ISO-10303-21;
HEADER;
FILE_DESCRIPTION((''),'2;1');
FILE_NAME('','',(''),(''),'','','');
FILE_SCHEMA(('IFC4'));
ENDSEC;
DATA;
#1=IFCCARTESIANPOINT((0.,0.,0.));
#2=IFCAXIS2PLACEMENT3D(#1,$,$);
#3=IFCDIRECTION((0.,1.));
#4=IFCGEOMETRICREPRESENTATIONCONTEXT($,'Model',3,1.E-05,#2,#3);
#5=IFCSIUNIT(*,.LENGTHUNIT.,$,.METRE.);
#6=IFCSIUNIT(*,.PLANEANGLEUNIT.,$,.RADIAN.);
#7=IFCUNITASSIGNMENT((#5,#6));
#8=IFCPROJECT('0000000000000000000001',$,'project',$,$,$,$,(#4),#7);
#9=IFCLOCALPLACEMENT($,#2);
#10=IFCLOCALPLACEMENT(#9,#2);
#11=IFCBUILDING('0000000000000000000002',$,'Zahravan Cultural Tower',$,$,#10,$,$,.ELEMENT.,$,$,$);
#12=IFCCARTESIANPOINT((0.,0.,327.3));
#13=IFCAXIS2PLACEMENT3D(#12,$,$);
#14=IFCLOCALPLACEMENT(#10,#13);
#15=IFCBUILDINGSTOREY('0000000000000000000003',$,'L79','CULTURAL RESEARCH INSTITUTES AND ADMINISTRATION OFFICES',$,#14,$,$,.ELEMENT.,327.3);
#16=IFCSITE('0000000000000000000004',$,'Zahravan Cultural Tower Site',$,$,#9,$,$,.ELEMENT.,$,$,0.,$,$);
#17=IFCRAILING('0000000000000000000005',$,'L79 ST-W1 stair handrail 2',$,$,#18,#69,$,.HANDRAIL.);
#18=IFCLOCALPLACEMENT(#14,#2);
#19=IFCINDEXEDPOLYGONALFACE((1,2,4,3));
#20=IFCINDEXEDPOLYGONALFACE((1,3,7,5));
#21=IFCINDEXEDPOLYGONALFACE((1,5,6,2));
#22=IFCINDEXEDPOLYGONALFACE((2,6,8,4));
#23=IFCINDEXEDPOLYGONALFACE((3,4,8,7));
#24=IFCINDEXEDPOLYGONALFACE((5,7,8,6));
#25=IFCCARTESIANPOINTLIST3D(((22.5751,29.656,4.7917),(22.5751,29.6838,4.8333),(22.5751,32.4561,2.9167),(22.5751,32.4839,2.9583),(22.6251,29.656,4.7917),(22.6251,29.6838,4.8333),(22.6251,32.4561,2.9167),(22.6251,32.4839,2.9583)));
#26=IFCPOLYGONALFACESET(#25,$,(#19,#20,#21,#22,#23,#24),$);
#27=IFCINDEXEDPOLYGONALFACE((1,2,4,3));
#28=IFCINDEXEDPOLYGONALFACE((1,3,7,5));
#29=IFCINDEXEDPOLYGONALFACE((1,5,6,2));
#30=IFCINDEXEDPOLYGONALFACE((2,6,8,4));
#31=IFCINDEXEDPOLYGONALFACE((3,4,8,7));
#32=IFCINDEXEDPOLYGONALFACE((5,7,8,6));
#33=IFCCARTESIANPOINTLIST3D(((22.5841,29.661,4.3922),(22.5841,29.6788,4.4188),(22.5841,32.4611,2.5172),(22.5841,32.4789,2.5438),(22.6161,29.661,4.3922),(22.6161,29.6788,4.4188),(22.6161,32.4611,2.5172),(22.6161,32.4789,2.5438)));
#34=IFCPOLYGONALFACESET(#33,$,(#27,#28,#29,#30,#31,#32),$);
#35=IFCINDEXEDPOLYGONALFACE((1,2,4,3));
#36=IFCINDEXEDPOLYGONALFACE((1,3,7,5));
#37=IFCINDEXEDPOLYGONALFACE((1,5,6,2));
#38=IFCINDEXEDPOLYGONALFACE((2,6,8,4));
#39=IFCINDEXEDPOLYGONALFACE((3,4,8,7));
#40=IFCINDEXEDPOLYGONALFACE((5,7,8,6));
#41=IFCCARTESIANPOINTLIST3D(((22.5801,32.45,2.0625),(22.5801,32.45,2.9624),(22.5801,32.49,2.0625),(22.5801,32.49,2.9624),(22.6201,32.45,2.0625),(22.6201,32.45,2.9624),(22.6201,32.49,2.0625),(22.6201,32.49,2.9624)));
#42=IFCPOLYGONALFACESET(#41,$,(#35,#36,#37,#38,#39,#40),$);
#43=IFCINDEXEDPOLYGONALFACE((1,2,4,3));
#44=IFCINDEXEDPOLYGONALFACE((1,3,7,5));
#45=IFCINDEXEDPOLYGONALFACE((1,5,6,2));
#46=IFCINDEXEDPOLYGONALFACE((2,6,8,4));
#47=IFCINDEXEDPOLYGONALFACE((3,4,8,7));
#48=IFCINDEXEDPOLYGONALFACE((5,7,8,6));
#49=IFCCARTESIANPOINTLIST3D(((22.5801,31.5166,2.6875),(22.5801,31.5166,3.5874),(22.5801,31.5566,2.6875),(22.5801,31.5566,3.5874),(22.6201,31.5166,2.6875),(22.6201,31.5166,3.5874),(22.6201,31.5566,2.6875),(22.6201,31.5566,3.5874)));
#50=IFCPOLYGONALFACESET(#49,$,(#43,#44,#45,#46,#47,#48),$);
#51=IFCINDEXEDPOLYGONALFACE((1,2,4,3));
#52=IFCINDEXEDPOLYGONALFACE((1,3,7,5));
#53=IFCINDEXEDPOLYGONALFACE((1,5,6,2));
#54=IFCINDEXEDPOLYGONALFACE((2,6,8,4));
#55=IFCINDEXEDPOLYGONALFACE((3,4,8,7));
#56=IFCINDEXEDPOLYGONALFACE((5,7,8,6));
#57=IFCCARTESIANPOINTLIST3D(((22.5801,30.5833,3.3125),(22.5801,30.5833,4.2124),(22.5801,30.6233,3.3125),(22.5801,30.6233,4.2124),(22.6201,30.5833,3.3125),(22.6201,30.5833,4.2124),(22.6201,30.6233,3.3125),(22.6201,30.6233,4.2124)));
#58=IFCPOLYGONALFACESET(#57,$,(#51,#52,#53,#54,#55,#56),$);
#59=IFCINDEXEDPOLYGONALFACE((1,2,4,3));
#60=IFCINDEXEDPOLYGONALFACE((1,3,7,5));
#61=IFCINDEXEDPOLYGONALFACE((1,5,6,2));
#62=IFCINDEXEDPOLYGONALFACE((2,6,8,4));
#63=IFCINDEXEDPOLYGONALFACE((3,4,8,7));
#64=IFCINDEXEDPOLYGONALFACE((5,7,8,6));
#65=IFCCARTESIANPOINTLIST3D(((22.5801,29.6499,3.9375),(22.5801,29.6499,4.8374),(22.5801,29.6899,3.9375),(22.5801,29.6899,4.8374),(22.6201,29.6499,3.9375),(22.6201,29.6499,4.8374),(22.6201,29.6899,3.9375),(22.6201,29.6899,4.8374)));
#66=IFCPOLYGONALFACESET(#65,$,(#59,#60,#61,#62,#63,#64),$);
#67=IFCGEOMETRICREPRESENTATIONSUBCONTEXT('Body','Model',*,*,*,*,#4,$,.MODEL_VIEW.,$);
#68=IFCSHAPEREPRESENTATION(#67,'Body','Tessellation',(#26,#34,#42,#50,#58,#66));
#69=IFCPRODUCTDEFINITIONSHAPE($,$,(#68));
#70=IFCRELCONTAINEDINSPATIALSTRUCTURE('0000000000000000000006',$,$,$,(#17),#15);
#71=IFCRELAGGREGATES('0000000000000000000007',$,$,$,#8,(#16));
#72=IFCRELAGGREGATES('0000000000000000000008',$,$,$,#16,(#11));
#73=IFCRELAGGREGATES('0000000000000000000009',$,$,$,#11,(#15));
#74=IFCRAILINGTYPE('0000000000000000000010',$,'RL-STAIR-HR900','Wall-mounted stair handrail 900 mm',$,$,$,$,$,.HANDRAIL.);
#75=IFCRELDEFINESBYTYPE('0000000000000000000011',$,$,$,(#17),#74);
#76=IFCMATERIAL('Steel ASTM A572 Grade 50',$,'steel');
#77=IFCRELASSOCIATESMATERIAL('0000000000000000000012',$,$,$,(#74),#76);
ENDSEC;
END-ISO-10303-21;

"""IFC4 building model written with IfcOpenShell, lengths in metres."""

from ifc_helpers import new_model, si_unit, direction, frame, origin, origin_2d, place, context, subcontext, project, spatial, rectangle, extrude, material, type_object, element, save


model = new_model("IFC4")

# Units and contexts
model_context = context("Model", 3, precision=1e-05, world=origin(), true_north=direction((0.0, 1.0)))
body_context = subcontext(model_context, "Body", "Model", "MODEL_VIEW")
ifc_project = project(units=[si_unit("LENGTHUNIT", "METRE"), si_unit("PLANEANGLEUNIT", "RADIAN")], contexts=[model_context])

# Site, building, storey
site_placement = place(None, origin())
site = spatial("IfcSite", under=ifc_project, at=site_placement, Name="Zahravan Cultural Tower Site", CompositionType="ELEMENT", RefElevation=0.0)
building_placement = place(site_placement, origin())
building = spatial("IfcBuilding", under=site, at=building_placement, Name="Zahravan Cultural Tower", CompositionType="ELEMENT")
storey_placement = place(building_placement, frame((0.0, 0.0, 327.3)))
storey = spatial("IfcBuildingStorey", under=building, at=storey_placement, Name="L79", Description="CULTURAL RESEARCH INSTITUTES AND ADMINISTRATION OFFICES", CompositionType="ELEMENT", Elevation=327.3)

# Railing
ifc_material_1 = material(Name="Steel ASTM A572 Grade 50", Category="steel")
railing_type = type_object("IfcRailingType", Name="RL-STAIR-HR900", Description="Wall-mounted stair handrail 900 mm", PredefinedType="HANDRAIL", material=ifc_material_1)
railing_placement = place(storey_placement, frame((22.6001, 32.47, 2.0625)))
element("IfcRailing", 1, at=railing_placement, inside=storey, type_object=railing_type, Name="L79 ST-W1 stair handrail 2", PredefinedType="HANDRAIL", context=body_context, shape_type="SweptSolid", body=[
    extrude(rectangle(XDim=0.05, YDim=0.05, at=origin_2d()), frame((0.0, 0.0, 0.875), z_axis=(0.0, -0.830912, 0.556404), x_axis=(1.0, 0.0, 0.0)), (0.0, 0.0, 1.0), 3.3699),
    extrude(rectangle(XDim=0.032, YDim=0.032, at=origin_2d()), frame((0.0, 0.0, 0.468), z_axis=(0.0, -0.830912, 0.556404), x_axis=(1.0, 0.0, 0.0)), (0.0, 0.0, 1.0), 3.3699),
    extrude(rectangle(XDim=0.04, YDim=0.04, at=origin_2d()), origin(), (0.0, 0.0, 1.0), 0.8999),
    extrude(rectangle(XDim=0.04, YDim=0.04, at=origin_2d()), frame((0.0, -0.9333, 0.625)), (0.0, 0.0, 1.0), 0.8999),
    extrude(rectangle(XDim=0.04, YDim=0.04, at=origin_2d()), frame((0.0, -1.8667, 1.25)), (0.0, 0.0, 1.0), 0.8999),
    extrude(rectangle(XDim=0.04, YDim=0.04, at=origin_2d()), frame((0.0, -2.8, 1.875)), (0.0, 0.0, 1.0), 0.8999),
])

save(model, "model.ifc")
